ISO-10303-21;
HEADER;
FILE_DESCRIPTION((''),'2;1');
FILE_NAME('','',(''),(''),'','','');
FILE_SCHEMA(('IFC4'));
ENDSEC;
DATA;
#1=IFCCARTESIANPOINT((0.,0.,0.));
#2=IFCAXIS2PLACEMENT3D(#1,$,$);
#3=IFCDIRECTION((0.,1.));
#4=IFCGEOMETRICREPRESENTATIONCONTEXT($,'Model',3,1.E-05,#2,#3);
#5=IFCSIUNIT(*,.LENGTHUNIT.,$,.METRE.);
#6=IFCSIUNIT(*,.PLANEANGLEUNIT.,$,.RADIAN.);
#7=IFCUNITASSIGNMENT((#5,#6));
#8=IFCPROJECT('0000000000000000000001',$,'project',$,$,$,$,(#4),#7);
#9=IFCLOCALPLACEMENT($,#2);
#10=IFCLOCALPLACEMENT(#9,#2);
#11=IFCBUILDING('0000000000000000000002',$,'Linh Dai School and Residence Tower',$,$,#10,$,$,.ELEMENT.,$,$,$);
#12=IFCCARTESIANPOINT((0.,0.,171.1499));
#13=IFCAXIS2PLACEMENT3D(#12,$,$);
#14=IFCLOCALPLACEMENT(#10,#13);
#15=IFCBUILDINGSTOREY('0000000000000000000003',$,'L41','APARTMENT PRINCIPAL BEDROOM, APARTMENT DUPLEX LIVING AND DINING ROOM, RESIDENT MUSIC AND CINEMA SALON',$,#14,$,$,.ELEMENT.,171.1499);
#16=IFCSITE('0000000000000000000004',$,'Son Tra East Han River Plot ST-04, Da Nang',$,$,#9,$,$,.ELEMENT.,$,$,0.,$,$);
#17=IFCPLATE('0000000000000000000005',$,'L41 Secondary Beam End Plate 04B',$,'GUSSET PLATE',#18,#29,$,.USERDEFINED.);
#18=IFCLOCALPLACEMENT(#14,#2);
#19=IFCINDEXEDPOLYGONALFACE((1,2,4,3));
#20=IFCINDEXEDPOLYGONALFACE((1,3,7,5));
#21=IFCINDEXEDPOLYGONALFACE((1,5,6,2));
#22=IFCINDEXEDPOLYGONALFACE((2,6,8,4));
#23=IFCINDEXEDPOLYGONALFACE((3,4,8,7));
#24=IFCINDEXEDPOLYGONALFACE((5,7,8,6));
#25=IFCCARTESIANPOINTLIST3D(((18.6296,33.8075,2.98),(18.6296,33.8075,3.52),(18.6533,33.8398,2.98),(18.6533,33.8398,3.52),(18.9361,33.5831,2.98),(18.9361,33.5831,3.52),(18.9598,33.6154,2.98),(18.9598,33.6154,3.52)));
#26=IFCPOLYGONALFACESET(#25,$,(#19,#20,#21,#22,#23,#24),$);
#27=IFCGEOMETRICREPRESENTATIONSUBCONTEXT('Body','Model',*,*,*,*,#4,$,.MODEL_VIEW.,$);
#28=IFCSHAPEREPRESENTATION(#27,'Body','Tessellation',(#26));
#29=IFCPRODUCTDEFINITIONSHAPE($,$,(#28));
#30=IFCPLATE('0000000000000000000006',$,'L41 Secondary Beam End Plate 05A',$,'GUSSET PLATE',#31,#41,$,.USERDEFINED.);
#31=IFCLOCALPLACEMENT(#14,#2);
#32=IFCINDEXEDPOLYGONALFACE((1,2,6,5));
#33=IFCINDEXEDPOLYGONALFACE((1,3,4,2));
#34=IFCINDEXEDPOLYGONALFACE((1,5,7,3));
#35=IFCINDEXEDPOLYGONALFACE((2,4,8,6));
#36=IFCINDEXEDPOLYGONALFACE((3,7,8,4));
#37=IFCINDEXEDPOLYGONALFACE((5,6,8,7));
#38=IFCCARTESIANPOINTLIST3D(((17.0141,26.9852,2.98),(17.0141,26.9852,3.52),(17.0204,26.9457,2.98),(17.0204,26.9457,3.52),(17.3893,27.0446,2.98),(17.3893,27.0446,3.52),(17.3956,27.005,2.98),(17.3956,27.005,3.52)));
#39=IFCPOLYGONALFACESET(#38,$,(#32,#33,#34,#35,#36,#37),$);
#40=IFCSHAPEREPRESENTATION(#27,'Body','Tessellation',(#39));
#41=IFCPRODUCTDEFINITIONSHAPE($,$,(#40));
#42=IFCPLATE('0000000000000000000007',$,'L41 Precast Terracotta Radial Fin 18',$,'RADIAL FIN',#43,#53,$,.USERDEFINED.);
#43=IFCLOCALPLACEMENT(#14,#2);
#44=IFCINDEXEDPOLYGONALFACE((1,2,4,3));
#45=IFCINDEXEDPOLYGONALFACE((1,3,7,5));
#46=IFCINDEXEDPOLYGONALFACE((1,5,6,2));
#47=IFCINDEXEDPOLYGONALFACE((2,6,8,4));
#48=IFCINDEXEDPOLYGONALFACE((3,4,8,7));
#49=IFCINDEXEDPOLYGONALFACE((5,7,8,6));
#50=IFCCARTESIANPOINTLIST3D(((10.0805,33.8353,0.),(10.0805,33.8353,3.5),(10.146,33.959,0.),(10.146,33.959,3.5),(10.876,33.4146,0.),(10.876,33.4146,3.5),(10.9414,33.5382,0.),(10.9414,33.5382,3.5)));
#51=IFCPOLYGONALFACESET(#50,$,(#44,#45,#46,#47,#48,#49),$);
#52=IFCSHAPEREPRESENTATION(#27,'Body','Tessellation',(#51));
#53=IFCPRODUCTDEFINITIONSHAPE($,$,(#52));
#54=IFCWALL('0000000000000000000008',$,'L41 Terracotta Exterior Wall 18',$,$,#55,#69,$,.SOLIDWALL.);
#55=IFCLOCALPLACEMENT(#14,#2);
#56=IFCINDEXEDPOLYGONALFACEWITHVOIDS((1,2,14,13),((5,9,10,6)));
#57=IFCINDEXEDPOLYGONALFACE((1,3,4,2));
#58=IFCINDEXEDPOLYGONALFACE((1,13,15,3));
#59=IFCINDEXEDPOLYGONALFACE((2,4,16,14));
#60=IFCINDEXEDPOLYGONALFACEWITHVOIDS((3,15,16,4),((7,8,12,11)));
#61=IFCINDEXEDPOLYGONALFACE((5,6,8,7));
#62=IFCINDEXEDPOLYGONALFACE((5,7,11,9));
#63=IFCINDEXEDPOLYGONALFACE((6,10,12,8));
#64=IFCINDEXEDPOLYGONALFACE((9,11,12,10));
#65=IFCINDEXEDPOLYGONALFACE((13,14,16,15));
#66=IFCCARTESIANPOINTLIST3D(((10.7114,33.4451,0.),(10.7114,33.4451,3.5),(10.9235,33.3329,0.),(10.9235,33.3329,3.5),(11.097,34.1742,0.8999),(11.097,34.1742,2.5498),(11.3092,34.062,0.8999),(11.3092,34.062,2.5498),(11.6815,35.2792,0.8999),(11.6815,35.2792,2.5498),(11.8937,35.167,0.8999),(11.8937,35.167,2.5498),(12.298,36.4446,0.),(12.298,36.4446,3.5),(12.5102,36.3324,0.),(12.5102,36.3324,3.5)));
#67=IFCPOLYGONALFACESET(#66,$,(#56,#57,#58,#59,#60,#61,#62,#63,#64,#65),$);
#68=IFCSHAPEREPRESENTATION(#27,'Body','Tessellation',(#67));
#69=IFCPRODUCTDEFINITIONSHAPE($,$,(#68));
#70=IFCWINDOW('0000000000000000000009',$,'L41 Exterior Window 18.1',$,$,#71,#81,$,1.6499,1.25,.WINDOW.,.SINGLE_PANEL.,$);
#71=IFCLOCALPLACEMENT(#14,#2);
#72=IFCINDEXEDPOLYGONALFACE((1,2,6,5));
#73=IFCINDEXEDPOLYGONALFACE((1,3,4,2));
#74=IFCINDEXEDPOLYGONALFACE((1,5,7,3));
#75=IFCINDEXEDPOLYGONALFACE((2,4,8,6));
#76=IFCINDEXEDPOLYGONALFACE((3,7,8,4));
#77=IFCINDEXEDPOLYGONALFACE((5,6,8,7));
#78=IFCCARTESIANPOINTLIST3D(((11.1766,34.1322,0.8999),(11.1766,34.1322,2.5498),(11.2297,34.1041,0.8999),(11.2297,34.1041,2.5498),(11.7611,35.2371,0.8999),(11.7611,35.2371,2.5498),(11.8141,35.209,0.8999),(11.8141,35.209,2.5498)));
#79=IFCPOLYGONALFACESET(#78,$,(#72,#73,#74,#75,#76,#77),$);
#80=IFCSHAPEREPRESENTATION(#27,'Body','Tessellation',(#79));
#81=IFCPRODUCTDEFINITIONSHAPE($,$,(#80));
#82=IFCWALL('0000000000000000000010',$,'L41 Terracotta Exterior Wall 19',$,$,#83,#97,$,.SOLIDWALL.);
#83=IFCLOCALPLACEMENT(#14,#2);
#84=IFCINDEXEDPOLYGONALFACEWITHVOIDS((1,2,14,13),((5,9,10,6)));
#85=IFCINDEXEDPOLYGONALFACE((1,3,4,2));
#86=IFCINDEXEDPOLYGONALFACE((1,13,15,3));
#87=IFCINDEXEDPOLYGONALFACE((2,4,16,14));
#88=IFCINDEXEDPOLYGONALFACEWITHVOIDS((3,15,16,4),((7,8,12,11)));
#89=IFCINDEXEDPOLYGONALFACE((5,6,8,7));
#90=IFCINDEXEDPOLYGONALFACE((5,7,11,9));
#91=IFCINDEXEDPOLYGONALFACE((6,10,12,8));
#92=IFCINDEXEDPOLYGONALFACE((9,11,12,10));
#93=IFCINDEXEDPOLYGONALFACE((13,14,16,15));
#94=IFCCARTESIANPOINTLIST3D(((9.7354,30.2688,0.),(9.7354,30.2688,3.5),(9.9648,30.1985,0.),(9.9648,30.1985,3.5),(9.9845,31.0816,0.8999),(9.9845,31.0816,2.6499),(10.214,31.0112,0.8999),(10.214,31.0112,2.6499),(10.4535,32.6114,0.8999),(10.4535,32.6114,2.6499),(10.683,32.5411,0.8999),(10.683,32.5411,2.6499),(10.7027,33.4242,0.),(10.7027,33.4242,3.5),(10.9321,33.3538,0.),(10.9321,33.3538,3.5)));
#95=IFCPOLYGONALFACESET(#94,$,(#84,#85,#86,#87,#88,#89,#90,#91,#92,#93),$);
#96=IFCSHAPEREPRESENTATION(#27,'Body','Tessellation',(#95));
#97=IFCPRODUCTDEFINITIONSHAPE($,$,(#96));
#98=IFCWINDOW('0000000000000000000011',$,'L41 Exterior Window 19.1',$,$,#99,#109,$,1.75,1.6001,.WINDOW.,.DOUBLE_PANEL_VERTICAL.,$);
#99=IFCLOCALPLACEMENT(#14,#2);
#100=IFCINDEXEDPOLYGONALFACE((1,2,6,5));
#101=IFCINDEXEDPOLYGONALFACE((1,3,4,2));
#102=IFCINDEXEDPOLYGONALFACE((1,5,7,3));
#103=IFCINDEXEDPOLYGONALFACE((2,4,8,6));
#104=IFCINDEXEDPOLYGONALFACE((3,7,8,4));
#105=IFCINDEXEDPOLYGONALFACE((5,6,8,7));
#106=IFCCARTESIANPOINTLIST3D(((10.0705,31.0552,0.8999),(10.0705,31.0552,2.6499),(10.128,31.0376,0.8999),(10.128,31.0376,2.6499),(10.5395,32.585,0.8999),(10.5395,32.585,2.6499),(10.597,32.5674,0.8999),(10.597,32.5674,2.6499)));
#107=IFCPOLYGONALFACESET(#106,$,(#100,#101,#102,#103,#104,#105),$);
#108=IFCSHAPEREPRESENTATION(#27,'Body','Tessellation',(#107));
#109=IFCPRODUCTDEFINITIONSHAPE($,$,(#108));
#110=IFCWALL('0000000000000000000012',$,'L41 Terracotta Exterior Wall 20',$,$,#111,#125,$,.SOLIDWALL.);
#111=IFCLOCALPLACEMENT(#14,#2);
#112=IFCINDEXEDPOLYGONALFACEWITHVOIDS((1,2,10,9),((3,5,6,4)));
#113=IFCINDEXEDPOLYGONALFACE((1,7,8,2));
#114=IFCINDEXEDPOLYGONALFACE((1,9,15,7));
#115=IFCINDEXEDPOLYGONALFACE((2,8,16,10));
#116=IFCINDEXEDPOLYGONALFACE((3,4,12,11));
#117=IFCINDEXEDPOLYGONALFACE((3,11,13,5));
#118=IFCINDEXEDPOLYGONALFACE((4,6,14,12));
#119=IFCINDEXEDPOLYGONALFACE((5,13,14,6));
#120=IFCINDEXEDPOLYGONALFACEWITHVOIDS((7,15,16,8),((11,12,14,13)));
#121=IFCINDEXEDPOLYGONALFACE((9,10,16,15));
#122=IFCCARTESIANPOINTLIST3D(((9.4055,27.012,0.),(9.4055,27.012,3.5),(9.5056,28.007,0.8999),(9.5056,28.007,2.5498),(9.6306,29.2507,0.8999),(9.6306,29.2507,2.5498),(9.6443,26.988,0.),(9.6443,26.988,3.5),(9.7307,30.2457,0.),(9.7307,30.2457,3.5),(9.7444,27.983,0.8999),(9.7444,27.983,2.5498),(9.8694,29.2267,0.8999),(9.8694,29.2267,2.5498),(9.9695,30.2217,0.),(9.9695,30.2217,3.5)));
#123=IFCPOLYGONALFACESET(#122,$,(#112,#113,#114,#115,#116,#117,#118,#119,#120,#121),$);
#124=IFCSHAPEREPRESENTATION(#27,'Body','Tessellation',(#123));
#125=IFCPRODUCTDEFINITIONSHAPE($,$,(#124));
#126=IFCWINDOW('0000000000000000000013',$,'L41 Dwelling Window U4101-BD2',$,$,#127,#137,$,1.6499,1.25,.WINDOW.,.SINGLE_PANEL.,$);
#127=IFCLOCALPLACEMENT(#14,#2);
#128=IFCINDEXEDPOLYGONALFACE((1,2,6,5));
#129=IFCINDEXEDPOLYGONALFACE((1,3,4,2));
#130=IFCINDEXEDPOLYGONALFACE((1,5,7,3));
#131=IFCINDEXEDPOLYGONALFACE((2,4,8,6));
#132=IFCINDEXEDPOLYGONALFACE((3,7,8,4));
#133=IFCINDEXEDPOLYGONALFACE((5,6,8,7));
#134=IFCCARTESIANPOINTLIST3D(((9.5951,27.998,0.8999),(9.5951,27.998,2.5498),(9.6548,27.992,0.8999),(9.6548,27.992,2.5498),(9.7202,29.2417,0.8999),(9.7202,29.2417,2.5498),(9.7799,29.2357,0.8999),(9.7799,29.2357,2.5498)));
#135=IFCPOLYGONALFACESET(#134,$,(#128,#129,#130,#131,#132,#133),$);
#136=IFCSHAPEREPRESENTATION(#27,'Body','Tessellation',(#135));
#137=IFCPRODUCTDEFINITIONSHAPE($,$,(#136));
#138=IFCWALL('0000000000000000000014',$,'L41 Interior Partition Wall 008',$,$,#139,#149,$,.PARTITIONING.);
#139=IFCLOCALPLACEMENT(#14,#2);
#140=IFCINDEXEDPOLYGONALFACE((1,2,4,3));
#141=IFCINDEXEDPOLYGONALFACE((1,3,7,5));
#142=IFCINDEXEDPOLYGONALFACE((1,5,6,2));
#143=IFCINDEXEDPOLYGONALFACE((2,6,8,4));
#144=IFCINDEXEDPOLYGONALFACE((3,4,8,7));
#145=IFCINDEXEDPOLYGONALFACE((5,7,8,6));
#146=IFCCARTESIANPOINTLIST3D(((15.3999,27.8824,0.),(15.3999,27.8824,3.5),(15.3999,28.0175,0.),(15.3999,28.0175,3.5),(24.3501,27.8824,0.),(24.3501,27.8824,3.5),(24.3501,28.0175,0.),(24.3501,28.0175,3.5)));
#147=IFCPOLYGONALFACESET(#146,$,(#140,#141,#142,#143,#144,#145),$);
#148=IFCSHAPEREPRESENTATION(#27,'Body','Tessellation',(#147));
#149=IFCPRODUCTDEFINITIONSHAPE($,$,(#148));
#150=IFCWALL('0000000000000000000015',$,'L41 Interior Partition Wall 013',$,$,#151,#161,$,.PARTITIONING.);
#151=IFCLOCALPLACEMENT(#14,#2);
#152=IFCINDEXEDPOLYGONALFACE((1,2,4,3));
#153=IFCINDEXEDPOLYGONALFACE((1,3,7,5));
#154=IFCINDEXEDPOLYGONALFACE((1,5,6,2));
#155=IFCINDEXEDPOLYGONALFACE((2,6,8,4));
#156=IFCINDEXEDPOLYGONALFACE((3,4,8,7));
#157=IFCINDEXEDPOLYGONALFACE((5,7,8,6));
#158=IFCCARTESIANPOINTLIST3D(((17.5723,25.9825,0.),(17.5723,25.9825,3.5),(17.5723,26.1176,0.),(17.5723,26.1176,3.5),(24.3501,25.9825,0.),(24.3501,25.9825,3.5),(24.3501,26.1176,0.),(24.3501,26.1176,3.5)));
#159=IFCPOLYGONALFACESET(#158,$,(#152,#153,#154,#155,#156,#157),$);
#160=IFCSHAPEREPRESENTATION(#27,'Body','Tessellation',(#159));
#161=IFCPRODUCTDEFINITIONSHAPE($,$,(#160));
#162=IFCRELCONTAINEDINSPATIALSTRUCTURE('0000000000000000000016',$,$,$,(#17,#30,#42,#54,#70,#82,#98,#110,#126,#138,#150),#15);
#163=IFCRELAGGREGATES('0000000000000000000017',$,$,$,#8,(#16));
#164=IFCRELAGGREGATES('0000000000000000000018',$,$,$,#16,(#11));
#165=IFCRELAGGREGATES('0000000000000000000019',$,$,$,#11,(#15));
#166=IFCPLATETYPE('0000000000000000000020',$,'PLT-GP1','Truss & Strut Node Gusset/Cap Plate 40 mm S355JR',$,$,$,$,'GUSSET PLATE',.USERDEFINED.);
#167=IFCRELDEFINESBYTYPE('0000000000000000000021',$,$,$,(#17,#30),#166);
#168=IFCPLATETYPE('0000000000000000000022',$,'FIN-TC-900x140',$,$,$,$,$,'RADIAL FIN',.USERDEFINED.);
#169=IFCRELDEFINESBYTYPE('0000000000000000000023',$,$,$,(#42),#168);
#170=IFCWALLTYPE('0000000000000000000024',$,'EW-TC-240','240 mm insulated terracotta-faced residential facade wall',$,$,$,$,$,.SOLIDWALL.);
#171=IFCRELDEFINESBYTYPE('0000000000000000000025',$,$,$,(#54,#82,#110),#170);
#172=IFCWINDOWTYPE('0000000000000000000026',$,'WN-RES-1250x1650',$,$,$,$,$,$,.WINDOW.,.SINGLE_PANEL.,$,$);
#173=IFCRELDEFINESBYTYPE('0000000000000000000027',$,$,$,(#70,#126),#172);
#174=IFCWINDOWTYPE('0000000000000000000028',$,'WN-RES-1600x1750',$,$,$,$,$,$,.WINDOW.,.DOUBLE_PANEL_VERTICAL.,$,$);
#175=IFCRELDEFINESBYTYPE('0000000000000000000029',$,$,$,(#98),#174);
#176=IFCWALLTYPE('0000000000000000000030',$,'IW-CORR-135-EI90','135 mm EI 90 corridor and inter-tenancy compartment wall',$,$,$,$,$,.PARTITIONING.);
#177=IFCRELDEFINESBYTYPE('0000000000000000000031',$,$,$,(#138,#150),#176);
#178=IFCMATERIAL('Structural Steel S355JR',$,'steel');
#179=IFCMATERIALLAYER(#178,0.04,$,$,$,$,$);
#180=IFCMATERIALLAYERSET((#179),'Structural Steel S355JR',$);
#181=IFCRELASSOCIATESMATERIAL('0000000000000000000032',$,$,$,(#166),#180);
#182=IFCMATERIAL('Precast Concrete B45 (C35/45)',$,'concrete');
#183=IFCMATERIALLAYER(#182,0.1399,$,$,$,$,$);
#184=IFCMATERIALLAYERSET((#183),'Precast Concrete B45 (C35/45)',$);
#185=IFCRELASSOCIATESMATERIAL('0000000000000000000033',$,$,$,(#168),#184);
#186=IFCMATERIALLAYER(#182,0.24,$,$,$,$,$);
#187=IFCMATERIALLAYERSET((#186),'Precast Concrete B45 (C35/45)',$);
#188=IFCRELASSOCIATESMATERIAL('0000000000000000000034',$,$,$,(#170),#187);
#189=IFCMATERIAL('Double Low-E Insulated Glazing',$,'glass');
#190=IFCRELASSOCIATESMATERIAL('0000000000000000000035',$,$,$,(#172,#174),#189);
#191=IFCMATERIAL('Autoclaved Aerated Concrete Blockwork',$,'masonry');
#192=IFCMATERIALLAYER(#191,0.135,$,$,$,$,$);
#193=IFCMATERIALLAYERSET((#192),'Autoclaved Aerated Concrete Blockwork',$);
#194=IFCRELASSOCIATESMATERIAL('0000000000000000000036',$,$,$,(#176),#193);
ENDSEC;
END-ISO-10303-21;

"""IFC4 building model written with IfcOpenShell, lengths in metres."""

from ifc_helpers import new_model, si_unit, direction, frame, frame_2d, origin, origin_2d, place, context, subcontext, project, spatial, rectangle, extrude, source, transform, mapped, material, layer, layer_set, type_object, element, fill, save


model = new_model("IFC4")

# Units and contexts
model_context = context("Model", 3, precision=1e-05, world=origin(), true_north=direction((0.0, 1.0)))
body_context = subcontext(model_context, "Body", "Model", "MODEL_VIEW")
ifc_project = project(units=[si_unit("LENGTHUNIT", "METRE"), si_unit("PLANEANGLEUNIT", "RADIAN")], contexts=[model_context])

# Site, building, storey
site_placement = place(None, origin())
site = spatial("IfcSite", under=ifc_project, at=site_placement, Name="Son Tra East Han River Plot ST-04, Da Nang", CompositionType="ELEMENT", RefElevation=0.0)
building_placement = place(site_placement, origin())
building = spatial("IfcBuilding", under=site, at=building_placement, Name="Linh Dai School and Residence Tower", CompositionType="ELEMENT")
storey_placement = place(building_placement, frame((0.0, 0.0, 171.1499)))
storey = spatial("IfcBuildingStorey", under=building, at=storey_placement, Name="L41", Description="APARTMENT PRINCIPAL BEDROOM, APARTMENT DUPLEX LIVING AND DINING ROOM, RESIDENT MUSIC AND CINEMA SALON", CompositionType="ELEMENT", Elevation=171.1499)

# Shared definitions
ifc_material_1 = material(Name="Structural Steel S355JR", Category="steel")

# Plates
ifc_layer_1 = layer(ifc_material_1, 0.04)
ifc_layer_set_1 = layer_set([ifc_layer_1], Name="Structural Steel S355JR")
plate_type_1 = type_object("IfcPlateType", Name="PLT-GP1", Description="Truss & Strut Node Gusset/Cap Plate 40 mm S355JR", ElementType="GUSSET PLATE", PredefinedType="USERDEFINED", material=ifc_layer_set_1)
shared_shape_1 = source(origin(), body_context, "Body", "SweptSolid", [
    extrude(rectangle(XDim=0.04, YDim=0.3799, at=origin_2d()), origin(), (0.0, 0.0, 1.0), 0.54),
])
for number, where, z_axis, x_axis, name in (
    (1, (18.7947, 33.7114, 2.98), (0.0, 0.0, 1.0), (-0.590797, -0.80682, 0.0), "L41 Secondary Beam End Plate 04B"),
    (2, (17.2048, 26.9951, 2.98), (0.0, 0.0, 1.0), (0.156309, -0.987708, 0.0), "L41 Secondary Beam End Plate 05A"),
):
    element("IfcPlate", number, at=place(storey_placement, frame(where, z_axis=z_axis, x_axis=x_axis)), inside=storey, type_object=plate_type_1, Name=name, ObjectType="GUSSET PLATE", PredefinedType="USERDEFINED", context=body_context, shape_type="MappedRepresentation", body=[
        mapped(shared_shape_1, transform((0.0, 0.0, 0.0), x_axis=(1.0, 0.0, 0.0), y_axis=(0.0, 1.0, 0.0), z_axis=(0.0, 0.0, 1.0), scale=1.0)),
    ])
ifc_material_2 = material(Name="Precast Concrete B45 (C35/45)", Category="concrete")
ifc_layer_2 = layer(ifc_material_2, 0.1399)
ifc_layer_set_2 = layer_set([ifc_layer_2], Name="Precast Concrete B45 (C35/45)")
plate_type_2 = type_object("IfcPlateType", Name="FIN-TC-900x140", ElementType="RADIAL FIN", PredefinedType="USERDEFINED", material=ifc_layer_set_2)
shared_shape_2 = source(origin(), body_context, "Body", "SweptSolid", [
    extrude(rectangle(XDim=0.8999, YDim=0.1399, at=origin_2d()), origin(), (0.0, 0.0, 1.0), 3.5),
])
plate_placement = place(storey_placement, frame((10.511, 33.6868, 0.0), z_axis=(0.0, 0.0, 1.0), x_axis=(-0.883951, 0.46758, 0.0)))
element("IfcPlate", 3, at=plate_placement, inside=storey, type_object=plate_type_2, Name="L41 Precast Terracotta Radial Fin 18", ObjectType="RADIAL FIN", PredefinedType="USERDEFINED", context=body_context, shape_type="MappedRepresentation", body=[
    mapped(shared_shape_2, transform((0.0, 0.0, 0.0), x_axis=(1.0, 0.0, 0.0), y_axis=(0.0, 1.0, 0.0), z_axis=(0.0, 0.0, 1.0), scale=1.0)),
])

# Walls, openings, windows
ifc_layer_3 = layer(ifc_material_2, 0.24)
ifc_layer_set_3 = layer_set([ifc_layer_3], Name="Precast Concrete B45 (C35/45)")
wall_type_1 = type_object("IfcWallType", Name="EW-TC-240", Description="240 mm insulated terracotta-faced residential facade wall", PredefinedType="SOLIDWALL", material=ifc_layer_set_3)
wall_1_placement = place(storey_placement, frame((10.8174, 33.3889, 0.0), z_axis=(0.0, 0.0, 1.0), x_axis=(0.467587, 0.883947, 0.0)))
wall_1 = element("IfcWall", 4, at=wall_1_placement, inside=storey, type_object=wall_type_1, Name="L41 Terracotta Exterior Wall 18", PredefinedType="SOLIDWALL", context=body_context, shape_type="SweptSolid", body=[
    extrude(rectangle(XDim=3.3933, YDim=0.24, at=frame_2d((1.6968, 0.0))), origin(), (0.0, 0.0, 1.0), 3.5),
])
opening_1_placement = place(wall_1_placement, frame((0.825, 0.0, 0.8999)))
opening_1 = element("IfcOpeningElement", 5, at=opening_1_placement, cuts=wall_1, PredefinedType="OPENING", context=body_context, shape_type="SweptSolid", body=[
    extrude(rectangle(XDim=1.25, YDim=1.6499, at=origin_2d()), frame((0.625, 0.1299, 0.825), z_axis=(0.0, -1.0, 0.0), x_axis=(1.0, 0.0, 0.0)), (0.0, 0.0, 1.0), 0.26),
])
ifc_material_3 = material(Name="Double Low-E Insulated Glazing", Category="glass")
window_type_1 = type_object("IfcWindowType", Name="WN-RES-1250x1650", PartitioningType="SINGLE_PANEL", PredefinedType="WINDOW", material=ifc_material_3)
shared_shape_3 = source(origin(), body_context, "Body", "SweptSolid", [
    extrude(rectangle(XDim=1.25, YDim=1.6499, at=origin_2d()), frame((0.625, 0.03, 0.825), z_axis=(0.0, -1.0, 0.0), x_axis=(1.0, 0.0, 0.0)), (0.0, 0.0, 1.0), 0.0601),
])
window_1_placement = place(opening_1_placement, origin())
window_1 = element("IfcWindow", 6, at=window_1_placement, inside=storey, type_object=window_type_1, Name="L41 Exterior Window 18.1", OverallHeight=1.6499, OverallWidth=1.25, PartitioningType="SINGLE_PANEL", PredefinedType="WINDOW", context=body_context, shape_type="MappedRepresentation", body=[
    mapped(shared_shape_3, transform((0.0, 0.0, 0.0), x_axis=(1.0, 0.0, 0.0), y_axis=(0.0, 1.0, 0.0), z_axis=(0.0, 0.0, 1.0), scale=1.0)),
])
fill(opening_1, window_1)
wall_2_placement = place(storey_placement, frame((9.8501, 30.2336, 0.0), z_axis=(0.0, 0.0, 1.0), x_axis=(0.293098, 0.956082, 0.0)))
wall_2 = element("IfcWall", 7, at=wall_2_placement, inside=storey, type_object=wall_type_1, Name="L41 Terracotta Exterior Wall 19", PredefinedType="SOLIDWALL", context=body_context, shape_type="SweptSolid", body=[
    extrude(rectangle(XDim=3.3003, YDim=0.24, at=frame_2d((1.6501, 0.0))), origin(), (0.0, 0.0, 1.0), 3.5),
])
opening_2_placement = place(wall_2_placement, frame((0.8501, 0.0, 0.8999)))
opening_2 = element("IfcOpeningElement", 8, at=opening_2_placement, cuts=wall_2, PredefinedType="OPENING", context=body_context, shape_type="SweptSolid", body=[
    extrude(rectangle(XDim=1.6001, YDim=1.75, at=origin_2d()), frame((0.8, 0.1299, 0.875), z_axis=(0.0, -1.0, 0.0), x_axis=(1.0, 0.0, 0.0)), (0.0, 0.0, 1.0), 0.26),
])
window_type_2 = type_object("IfcWindowType", Name="WN-RES-1600x1750", PartitioningType="DOUBLE_PANEL_VERTICAL", PredefinedType="WINDOW", material=ifc_material_3)
shared_shape_4 = source(origin(), body_context, "Body", "SweptSolid", [
    extrude(rectangle(XDim=1.6001, YDim=1.75, at=origin_2d()), frame((0.8, 0.03, 0.875), z_axis=(0.0, -1.0, 0.0), x_axis=(1.0, 0.0, 0.0)), (0.0, 0.0, 1.0), 0.0601),
])
window_2_placement = place(opening_2_placement, origin())
window_2 = element("IfcWindow", 9, at=window_2_placement, inside=storey, type_object=window_type_2, Name="L41 Exterior Window 19.1", OverallHeight=1.75, OverallWidth=1.6001, PartitioningType="DOUBLE_PANEL_VERTICAL", PredefinedType="WINDOW", context=body_context, shape_type="MappedRepresentation", body=[
    mapped(shared_shape_4, transform((0.0, 0.0, 0.0), x_axis=(1.0, 0.0, 0.0), y_axis=(0.0, 1.0, 0.0), z_axis=(0.0, 0.0, 1.0), scale=1.0)),
])
fill(opening_2, window_2)
wall_3_placement = place(storey_placement, frame((9.5249, 27.0, 0.0), z_axis=(0.0, 0.0, 1.0), x_axis=(0.100062, 0.994981, 0.0)))
wall_3 = element("IfcWall", 10, at=wall_3_placement, inside=storey, type_object=wall_type_1, Name="L41 Terracotta Exterior Wall 20", PredefinedType="SOLIDWALL", context=body_context, shape_type="SweptSolid", body=[
    extrude(rectangle(XDim=3.25, YDim=0.24, at=frame_2d((1.625, 0.0))), origin(), (0.0, 0.0, 1.0), 3.5),
])
opening_3_placement = place(wall_3_placement, frame((1.0, 0.0, 0.8999)))
opening_3 = element("IfcOpeningElement", 11, at=opening_3_placement, cuts=wall_3, PredefinedType="OPENING", context=body_context, shape_type="SweptSolid", body=[
    extrude(rectangle(XDim=1.25, YDim=1.6499, at=origin_2d()), frame((0.625, 0.1299, 0.825), z_axis=(0.0, -1.0, 0.0), x_axis=(1.0, 0.0, 0.0)), (0.0, 0.0, 1.0), 0.26),
])
window_3_placement = place(opening_3_placement, origin())
window_3 = element("IfcWindow", 12, at=window_3_placement, inside=storey, type_object=window_type_1, Name="L41 Dwelling Window U4101-BD2", OverallHeight=1.6499, OverallWidth=1.25, PartitioningType="SINGLE_PANEL", PredefinedType="WINDOW", context=body_context, shape_type="MappedRepresentation", body=[
    mapped(shared_shape_3, transform((0.0, 0.0, 0.0), x_axis=(1.0, 0.0, 0.0), y_axis=(0.0, 1.0, 0.0), z_axis=(0.0, 0.0, 1.0), scale=1.0)),
])
fill(opening_3, window_3)

# Walls
ifc_material_4 = material(Name="Autoclaved Aerated Concrete Blockwork", Category="masonry")
ifc_layer_4 = layer(ifc_material_4, 0.135)
ifc_layer_set_4 = layer_set([ifc_layer_4], Name="Autoclaved Aerated Concrete Blockwork")
wall_type_2 = type_object("IfcWallType", Name="IW-CORR-135-EI90", Description="135 mm EI 90 corridor and inter-tenancy compartment wall", PredefinedType="PARTITIONING", material=ifc_layer_set_4)
wall_4_placement = place(storey_placement, frame((15.3999, 27.95, 0.0), z_axis=(0.0, 0.0, 1.0), x_axis=(1.0, 0.0, 0.0)))
element("IfcWall", 13, at=wall_4_placement, inside=storey, type_object=wall_type_2, Name="L41 Interior Partition Wall 008", PredefinedType="PARTITIONING", context=body_context, shape_type="SweptSolid", body=[
    extrude(rectangle(XDim=8.9502, YDim=0.135, at=frame_2d((4.4751, 0.0))), origin(), (0.0, 0.0, 1.0), 3.5),
])
wall_5_placement = place(storey_placement, frame((17.5723, 26.05, 0.0), z_axis=(0.0, 0.0, 1.0), x_axis=(1.0, 0.0, 0.0)))
element("IfcWall", 14, at=wall_5_placement, inside=storey, type_object=wall_type_2, Name="L41 Interior Partition Wall 013", PredefinedType="PARTITIONING", context=body_context, shape_type="SweptSolid", body=[
    extrude(rectangle(XDim=6.7778, YDim=0.135, at=frame_2d((3.3889, 0.0))), origin(), (0.0, 0.0, 1.0), 3.5),
])

save(model, "model.ifc")
